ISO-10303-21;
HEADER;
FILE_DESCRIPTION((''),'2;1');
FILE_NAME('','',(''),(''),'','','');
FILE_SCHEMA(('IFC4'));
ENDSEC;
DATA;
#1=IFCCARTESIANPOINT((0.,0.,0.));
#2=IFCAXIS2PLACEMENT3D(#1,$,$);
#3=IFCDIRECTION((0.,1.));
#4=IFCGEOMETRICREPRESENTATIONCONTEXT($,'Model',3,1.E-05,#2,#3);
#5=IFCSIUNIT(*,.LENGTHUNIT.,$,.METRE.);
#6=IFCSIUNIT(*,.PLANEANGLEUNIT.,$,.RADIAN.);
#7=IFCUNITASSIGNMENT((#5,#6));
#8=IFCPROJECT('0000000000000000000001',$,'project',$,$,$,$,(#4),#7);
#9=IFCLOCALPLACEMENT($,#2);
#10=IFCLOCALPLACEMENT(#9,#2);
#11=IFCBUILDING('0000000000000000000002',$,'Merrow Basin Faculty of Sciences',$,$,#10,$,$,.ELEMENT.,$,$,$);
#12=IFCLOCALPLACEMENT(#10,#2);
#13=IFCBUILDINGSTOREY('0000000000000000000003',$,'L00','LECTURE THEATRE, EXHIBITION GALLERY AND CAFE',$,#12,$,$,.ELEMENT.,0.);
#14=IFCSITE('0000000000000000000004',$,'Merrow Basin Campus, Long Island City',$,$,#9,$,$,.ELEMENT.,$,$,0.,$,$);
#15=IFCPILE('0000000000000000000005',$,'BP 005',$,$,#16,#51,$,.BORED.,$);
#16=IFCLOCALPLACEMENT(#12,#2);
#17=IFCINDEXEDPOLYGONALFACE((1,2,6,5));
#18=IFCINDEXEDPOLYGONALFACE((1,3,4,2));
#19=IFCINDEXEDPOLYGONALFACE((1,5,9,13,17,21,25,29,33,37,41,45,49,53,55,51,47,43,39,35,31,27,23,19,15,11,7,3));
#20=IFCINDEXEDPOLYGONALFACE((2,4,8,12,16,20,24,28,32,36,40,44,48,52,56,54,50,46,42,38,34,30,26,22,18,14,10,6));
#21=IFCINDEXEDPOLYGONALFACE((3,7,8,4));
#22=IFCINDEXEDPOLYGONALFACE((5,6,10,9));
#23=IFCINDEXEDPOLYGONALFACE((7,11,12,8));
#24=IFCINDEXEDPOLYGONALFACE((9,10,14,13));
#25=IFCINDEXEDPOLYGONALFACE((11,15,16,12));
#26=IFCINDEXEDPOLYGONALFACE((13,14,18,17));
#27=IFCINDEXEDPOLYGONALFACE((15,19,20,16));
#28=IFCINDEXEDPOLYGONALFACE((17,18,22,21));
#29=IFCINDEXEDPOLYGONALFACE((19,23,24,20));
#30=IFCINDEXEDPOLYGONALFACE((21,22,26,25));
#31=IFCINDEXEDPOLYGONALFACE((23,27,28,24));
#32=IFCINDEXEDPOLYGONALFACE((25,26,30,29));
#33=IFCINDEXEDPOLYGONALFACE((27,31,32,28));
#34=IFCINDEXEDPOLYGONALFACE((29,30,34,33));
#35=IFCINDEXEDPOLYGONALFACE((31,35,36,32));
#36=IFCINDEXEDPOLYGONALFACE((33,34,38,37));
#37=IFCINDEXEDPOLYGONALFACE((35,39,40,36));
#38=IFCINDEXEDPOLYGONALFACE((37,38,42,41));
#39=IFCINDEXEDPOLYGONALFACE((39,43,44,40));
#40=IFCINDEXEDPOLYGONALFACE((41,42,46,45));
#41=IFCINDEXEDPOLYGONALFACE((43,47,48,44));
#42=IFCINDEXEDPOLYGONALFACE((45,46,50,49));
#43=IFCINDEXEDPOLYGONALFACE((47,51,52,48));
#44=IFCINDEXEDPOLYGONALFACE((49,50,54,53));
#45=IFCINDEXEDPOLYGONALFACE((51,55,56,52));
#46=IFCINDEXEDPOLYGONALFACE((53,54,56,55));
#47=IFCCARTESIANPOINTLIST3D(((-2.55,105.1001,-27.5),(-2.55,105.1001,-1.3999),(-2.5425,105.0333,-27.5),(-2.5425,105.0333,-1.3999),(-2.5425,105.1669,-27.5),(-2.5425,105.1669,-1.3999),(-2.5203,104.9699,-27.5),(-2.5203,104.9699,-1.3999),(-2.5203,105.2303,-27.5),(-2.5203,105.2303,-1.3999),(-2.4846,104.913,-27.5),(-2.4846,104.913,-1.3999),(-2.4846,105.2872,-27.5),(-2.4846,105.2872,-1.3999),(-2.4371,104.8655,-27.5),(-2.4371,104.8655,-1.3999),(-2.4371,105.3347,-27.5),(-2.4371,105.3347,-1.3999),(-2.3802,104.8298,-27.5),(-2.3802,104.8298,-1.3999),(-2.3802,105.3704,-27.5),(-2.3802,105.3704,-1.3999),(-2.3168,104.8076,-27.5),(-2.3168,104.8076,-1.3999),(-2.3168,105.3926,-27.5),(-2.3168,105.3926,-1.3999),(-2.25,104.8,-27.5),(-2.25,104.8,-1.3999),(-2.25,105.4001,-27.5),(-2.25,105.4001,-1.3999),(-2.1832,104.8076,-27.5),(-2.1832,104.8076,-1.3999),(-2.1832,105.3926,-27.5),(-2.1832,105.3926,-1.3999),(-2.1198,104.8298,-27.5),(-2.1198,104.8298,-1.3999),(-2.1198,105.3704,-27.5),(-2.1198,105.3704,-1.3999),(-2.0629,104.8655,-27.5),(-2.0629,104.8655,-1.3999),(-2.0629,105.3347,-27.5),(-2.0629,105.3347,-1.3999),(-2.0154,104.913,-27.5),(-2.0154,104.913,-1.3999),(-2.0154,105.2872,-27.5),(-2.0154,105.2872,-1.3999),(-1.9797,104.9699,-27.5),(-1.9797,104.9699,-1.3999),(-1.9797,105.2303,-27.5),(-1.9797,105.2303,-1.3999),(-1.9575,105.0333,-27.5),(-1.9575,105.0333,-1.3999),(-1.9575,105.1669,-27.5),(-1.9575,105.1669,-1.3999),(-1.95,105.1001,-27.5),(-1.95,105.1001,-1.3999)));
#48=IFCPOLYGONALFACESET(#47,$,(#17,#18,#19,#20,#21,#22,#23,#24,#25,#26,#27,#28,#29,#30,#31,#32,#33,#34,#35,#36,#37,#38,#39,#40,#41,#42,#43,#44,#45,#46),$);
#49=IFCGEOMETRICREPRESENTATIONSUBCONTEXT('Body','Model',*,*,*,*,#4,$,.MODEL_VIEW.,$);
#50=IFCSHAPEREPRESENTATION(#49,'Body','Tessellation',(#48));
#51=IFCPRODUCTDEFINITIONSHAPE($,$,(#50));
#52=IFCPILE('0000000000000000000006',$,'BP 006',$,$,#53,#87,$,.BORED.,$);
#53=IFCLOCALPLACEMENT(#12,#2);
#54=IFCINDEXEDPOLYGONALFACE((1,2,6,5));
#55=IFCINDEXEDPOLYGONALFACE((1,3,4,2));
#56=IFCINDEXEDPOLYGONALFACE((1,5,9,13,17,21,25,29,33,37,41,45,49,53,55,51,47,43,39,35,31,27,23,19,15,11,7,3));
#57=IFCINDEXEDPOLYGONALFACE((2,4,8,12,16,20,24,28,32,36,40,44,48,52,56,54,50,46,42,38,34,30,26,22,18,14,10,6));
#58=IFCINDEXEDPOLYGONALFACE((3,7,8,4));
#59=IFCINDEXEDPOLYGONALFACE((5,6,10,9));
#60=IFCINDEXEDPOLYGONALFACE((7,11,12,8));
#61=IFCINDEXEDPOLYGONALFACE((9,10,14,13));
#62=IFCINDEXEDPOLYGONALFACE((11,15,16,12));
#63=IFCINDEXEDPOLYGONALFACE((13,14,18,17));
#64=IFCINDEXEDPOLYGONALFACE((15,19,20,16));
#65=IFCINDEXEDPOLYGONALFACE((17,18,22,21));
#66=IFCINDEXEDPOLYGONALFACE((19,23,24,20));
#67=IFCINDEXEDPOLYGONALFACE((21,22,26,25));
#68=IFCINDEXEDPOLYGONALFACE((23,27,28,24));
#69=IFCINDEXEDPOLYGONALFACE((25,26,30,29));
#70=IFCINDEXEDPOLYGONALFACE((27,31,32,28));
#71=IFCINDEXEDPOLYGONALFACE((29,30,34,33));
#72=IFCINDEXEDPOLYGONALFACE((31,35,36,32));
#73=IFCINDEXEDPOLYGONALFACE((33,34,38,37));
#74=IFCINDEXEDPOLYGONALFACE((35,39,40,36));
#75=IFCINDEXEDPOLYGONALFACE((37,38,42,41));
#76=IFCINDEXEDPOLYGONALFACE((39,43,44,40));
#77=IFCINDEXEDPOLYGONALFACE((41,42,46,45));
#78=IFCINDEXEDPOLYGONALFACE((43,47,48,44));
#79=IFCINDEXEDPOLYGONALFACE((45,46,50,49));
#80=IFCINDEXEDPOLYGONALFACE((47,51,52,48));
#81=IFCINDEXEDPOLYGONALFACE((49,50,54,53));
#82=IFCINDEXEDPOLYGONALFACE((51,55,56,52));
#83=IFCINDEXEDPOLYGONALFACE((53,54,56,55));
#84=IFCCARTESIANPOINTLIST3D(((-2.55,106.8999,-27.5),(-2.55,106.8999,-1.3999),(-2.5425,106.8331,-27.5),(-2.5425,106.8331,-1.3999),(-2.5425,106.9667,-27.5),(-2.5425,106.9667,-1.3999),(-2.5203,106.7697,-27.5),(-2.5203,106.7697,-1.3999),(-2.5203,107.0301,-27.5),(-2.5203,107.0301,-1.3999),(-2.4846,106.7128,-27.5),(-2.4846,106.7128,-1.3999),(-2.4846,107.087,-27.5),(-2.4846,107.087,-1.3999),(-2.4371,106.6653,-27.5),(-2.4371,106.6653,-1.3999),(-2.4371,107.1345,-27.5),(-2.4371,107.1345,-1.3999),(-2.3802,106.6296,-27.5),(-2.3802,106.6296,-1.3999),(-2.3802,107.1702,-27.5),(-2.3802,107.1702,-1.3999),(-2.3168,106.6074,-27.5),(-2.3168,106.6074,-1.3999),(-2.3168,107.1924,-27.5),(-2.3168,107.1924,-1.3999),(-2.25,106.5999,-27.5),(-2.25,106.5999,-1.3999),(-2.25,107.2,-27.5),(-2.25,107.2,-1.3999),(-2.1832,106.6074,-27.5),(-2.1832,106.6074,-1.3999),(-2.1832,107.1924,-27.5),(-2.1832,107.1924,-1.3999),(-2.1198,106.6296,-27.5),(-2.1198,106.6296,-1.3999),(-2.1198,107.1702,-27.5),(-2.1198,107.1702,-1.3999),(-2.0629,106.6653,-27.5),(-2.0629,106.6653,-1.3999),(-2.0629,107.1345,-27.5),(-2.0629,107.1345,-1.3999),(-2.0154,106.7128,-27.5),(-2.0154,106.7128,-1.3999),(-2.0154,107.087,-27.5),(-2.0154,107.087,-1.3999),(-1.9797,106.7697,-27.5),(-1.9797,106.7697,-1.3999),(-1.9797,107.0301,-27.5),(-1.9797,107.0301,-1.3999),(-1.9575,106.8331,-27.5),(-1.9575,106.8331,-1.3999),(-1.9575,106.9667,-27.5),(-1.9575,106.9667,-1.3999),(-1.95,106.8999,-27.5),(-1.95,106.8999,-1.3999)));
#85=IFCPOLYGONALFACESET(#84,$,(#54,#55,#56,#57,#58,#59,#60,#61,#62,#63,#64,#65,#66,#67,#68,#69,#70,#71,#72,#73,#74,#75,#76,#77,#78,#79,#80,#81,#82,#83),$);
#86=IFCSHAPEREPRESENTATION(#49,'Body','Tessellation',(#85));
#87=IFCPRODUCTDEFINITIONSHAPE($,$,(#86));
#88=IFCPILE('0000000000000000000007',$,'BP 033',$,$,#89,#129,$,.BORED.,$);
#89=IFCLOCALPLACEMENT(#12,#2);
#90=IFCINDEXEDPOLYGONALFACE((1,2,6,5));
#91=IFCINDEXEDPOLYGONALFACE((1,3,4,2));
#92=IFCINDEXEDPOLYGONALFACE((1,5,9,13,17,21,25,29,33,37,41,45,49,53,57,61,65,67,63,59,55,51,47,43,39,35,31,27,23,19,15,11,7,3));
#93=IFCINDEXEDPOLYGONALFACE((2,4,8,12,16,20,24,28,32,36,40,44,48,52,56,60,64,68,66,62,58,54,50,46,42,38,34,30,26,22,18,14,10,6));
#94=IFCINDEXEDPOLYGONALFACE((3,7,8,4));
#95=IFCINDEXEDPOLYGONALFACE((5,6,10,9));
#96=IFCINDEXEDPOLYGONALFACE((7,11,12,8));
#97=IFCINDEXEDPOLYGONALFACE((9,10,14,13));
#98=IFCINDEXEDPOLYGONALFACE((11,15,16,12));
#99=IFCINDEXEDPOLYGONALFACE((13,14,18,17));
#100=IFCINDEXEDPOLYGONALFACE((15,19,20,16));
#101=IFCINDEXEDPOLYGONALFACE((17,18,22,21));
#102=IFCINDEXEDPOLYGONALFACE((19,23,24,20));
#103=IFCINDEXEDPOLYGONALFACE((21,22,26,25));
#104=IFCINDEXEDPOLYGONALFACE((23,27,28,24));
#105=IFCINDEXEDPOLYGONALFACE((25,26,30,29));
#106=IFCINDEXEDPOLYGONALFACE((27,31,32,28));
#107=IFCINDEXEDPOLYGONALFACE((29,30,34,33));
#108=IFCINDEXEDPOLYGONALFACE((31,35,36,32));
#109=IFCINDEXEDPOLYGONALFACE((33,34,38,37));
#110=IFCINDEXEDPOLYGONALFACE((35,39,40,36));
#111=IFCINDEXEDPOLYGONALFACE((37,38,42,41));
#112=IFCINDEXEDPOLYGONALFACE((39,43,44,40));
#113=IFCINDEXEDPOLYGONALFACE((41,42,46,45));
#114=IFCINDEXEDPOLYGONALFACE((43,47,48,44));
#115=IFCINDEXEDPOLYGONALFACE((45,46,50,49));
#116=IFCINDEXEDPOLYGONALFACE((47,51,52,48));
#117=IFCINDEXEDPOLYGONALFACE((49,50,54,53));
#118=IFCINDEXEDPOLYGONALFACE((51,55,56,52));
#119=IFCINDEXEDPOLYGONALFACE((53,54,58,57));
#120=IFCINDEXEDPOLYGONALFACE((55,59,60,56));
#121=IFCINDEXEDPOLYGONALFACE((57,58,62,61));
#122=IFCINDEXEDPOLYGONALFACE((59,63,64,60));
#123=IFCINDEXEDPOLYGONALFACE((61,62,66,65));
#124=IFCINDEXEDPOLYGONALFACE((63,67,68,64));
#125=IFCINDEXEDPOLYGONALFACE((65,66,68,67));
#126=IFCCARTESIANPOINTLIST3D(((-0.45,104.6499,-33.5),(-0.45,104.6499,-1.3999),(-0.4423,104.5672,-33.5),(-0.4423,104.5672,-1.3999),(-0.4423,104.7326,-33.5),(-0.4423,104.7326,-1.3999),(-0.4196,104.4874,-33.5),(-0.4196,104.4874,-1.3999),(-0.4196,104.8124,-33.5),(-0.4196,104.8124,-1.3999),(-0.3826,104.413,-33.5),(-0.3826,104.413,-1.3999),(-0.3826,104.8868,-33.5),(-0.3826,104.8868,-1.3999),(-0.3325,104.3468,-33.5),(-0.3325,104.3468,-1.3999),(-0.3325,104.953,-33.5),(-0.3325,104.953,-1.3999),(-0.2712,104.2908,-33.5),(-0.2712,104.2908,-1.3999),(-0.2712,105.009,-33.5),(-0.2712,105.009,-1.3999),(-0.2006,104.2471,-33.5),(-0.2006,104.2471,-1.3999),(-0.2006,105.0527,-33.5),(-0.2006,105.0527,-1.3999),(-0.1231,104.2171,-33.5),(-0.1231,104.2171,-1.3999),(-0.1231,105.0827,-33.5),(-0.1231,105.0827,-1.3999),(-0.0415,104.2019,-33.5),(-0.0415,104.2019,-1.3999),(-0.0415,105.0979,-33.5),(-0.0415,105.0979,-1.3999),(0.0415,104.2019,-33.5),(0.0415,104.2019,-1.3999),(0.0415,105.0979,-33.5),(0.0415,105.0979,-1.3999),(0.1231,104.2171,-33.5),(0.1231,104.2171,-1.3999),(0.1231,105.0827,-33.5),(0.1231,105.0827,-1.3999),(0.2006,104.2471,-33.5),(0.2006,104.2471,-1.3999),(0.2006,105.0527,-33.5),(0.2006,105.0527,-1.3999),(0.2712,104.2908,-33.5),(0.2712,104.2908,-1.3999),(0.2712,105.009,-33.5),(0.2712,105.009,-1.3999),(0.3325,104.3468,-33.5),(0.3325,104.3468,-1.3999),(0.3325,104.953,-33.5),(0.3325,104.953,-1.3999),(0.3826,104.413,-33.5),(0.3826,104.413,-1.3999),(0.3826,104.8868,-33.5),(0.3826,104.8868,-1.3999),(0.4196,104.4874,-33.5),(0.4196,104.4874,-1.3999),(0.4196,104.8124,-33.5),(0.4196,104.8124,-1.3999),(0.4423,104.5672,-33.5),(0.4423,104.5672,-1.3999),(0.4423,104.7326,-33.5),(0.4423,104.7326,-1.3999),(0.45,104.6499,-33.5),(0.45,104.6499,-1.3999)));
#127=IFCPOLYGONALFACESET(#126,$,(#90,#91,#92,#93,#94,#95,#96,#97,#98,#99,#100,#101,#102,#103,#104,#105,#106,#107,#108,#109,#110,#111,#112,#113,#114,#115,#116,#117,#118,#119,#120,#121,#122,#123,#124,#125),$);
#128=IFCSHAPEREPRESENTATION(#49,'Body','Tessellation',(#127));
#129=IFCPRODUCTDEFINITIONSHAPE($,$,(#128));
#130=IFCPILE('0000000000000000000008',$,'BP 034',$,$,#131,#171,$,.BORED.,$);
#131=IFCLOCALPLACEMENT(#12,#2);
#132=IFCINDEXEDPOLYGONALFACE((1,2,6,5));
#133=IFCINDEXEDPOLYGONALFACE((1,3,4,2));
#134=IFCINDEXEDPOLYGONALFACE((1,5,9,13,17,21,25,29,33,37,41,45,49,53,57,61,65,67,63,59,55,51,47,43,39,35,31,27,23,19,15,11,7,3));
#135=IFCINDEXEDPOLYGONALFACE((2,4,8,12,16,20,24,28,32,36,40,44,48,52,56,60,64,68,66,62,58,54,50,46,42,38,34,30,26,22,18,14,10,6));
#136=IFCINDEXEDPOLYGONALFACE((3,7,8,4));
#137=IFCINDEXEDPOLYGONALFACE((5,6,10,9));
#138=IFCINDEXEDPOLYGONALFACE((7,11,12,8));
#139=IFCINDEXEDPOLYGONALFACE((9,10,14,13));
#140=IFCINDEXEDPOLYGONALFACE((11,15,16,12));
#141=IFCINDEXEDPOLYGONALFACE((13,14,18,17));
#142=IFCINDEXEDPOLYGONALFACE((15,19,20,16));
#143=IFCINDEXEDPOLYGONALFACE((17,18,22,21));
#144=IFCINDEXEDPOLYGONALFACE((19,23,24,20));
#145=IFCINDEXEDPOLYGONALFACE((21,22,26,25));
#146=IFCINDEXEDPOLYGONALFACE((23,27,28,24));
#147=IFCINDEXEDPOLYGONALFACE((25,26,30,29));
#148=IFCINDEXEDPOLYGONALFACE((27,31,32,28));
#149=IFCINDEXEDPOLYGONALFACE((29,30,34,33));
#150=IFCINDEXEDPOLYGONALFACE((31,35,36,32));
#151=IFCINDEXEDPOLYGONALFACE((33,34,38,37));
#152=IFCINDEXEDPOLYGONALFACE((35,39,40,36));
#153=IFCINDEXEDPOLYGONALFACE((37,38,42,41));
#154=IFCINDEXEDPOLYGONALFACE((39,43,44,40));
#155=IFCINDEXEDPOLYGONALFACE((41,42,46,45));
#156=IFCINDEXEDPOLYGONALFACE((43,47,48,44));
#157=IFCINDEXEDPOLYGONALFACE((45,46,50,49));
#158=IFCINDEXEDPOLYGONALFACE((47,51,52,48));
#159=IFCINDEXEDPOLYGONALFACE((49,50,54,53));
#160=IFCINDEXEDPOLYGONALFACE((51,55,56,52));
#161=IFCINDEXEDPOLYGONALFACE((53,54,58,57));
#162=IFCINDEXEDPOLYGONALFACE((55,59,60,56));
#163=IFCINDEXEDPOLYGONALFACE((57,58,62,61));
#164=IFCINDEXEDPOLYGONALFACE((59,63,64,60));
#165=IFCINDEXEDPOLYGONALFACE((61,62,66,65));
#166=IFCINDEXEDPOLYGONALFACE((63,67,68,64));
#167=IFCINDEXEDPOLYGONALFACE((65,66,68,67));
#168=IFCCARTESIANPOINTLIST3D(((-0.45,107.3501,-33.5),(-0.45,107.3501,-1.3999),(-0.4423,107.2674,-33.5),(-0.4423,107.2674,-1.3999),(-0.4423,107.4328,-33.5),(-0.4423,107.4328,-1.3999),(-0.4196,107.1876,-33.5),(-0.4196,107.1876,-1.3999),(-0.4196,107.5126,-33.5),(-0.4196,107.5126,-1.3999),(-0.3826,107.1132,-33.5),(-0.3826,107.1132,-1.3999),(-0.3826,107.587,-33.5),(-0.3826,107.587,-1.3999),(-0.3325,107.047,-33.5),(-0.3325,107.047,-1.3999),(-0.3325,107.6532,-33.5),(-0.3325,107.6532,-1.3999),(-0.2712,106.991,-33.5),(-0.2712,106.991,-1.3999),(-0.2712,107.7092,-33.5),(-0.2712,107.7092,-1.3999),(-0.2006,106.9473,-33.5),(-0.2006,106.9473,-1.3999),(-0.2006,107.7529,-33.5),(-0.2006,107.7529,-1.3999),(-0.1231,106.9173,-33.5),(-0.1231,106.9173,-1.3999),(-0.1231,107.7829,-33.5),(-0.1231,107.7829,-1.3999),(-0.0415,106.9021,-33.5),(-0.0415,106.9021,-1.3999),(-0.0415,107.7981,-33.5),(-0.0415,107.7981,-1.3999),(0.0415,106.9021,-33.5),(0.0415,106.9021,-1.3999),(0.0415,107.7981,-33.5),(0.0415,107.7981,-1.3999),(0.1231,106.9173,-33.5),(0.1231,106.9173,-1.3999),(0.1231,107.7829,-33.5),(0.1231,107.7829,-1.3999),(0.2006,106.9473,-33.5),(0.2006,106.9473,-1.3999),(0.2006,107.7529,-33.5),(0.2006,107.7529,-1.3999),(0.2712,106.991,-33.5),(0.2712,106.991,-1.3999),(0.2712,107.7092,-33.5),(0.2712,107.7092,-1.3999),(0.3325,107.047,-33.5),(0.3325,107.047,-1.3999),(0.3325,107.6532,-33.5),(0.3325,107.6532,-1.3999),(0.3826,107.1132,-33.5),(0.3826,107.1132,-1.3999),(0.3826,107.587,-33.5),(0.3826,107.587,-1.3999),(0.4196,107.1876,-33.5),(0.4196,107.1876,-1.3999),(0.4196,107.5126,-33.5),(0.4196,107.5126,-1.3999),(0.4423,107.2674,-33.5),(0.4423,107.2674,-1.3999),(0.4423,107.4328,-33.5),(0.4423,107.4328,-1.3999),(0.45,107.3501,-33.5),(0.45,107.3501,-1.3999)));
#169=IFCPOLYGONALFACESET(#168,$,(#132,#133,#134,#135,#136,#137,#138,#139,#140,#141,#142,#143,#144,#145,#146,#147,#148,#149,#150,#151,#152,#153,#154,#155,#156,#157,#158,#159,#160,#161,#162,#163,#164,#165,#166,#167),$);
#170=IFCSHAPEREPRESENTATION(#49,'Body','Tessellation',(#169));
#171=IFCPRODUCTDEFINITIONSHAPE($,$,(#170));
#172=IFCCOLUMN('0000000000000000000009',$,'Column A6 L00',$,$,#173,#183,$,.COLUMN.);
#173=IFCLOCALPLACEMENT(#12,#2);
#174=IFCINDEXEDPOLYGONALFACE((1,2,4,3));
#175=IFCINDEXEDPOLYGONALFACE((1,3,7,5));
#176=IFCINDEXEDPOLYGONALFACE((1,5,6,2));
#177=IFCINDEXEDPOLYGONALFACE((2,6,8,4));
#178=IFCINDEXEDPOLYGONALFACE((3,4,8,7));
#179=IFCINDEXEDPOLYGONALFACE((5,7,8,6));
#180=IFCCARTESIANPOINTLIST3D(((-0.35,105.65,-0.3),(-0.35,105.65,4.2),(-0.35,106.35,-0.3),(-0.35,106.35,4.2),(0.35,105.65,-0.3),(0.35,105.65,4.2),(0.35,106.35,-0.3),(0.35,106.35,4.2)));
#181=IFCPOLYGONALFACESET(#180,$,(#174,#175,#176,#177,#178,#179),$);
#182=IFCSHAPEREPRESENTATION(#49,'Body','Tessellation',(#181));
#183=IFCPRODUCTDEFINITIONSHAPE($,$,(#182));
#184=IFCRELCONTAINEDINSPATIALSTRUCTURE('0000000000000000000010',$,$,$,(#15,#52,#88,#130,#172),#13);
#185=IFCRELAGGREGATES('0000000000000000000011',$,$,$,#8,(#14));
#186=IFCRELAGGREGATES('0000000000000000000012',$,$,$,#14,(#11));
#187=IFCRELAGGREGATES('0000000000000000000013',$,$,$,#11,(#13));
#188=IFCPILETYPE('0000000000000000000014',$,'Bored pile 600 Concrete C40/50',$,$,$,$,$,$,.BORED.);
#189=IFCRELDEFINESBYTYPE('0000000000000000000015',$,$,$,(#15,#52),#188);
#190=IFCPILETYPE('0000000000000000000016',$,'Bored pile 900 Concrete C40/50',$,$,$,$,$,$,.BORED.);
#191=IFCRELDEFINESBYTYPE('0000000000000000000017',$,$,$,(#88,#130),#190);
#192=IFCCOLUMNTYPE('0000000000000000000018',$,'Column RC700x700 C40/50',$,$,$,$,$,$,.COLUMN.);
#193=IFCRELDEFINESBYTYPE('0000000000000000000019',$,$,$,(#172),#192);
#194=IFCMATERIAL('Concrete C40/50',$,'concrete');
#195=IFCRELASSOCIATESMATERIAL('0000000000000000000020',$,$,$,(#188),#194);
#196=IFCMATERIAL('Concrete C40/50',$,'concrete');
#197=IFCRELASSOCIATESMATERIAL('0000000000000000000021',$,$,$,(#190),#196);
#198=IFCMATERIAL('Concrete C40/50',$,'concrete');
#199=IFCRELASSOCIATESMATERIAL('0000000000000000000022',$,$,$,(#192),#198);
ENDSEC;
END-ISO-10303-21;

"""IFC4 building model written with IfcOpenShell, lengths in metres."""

from ifc_helpers import new_model, si_unit, direction, frame, origin, origin_2d, place, context, subcontext, project, spatial, rectangle, circle, extrude, material, material_profile, profile_set, type_object, element, save


model = new_model("IFC4")

# Units and contexts
model_context = context("Model", 3, precision=1e-05, world=origin(), true_north=direction((0.0, 1.0)))
body_context = subcontext(model_context, "Body", "Model", "MODEL_VIEW")
ifc_project = project(units=[si_unit("LENGTHUNIT", "METRE"), si_unit("PLANEANGLEUNIT", "RADIAN")], contexts=[model_context])

# Site, building, storey
site_placement = place(None, origin())
site = spatial("IfcSite", under=ifc_project, at=site_placement, Name="Merrow Basin Campus, Long Island City", CompositionType="ELEMENT", RefElevation=0.0)
building_placement = place(site_placement, origin())
building = spatial("IfcBuilding", under=site, at=building_placement, Name="Merrow Basin Faculty of Sciences", CompositionType="ELEMENT")
storey_placement = place(building_placement, origin())
storey = spatial("IfcBuildingStorey", under=building, at=storey_placement, Name="L00", Description="LECTURE THEATRE, EXHIBITION GALLERY AND CAFE", CompositionType="ELEMENT", Elevation=0.0)

# Piles
ifc_material_1 = material(Name="Concrete C40/50", Category="concrete")
ifc_material_profile_1 = material_profile(ifc_material_1, circle(Radius=0.3, at=origin_2d()))
ifc_profile_set_1 = profile_set([ifc_material_profile_1], Name="Concrete C40/50")
pile_type_1 = type_object("IfcPileType", Name="Bored pile 600 Concrete C40/50", PredefinedType="BORED", material=ifc_profile_set_1)
for number, where, z_axis, x_axis, name in (
    (1, (-2.25, 105.1001, -1.3999), (0.0, 0.0, -1.0), (1.0, 0.0, 0.0), "BP 005"),
    (2, (-2.25, 106.8999, -1.3999), (0.0, 0.0, -1.0), (1.0, 0.0, 0.0), "BP 006"),
):
    element("IfcPile", number, at=place(storey_placement, frame(where, z_axis=z_axis, x_axis=x_axis)), inside=storey, type_object=pile_type_1, Name=name, PredefinedType="BORED", context=body_context, shape_type="SweptSolid", body=[
        extrude(circle(Radius=0.3, at=origin_2d()), origin(), (0.0, 0.0, 1.0), 26.1001),
    ])
ifc_material_2 = material(Name="Concrete C40/50", Category="concrete")
ifc_material_profile_2 = material_profile(ifc_material_2, circle(Radius=0.45, at=origin_2d()))
ifc_profile_set_2 = profile_set([ifc_material_profile_2], Name="Concrete C40/50")
pile_type_2 = type_object("IfcPileType", Name="Bored pile 900 Concrete C40/50", PredefinedType="BORED", material=ifc_profile_set_2)
for number, where, z_axis, x_axis, name in (
    (3, (0.0, 104.6499, -1.3999), (0.0, 0.0, -1.0), (1.0, 0.0, 0.0), "BP 033"),
    (4, (0.0, 107.3501, -1.3999), (0.0, 0.0, -1.0), (1.0, 0.0, 0.0), "BP 034"),
):
    element("IfcPile", number, at=place(storey_placement, frame(where, z_axis=z_axis, x_axis=x_axis)), inside=storey, type_object=pile_type_2, Name=name, PredefinedType="BORED", context=body_context, shape_type="SweptSolid", body=[
        extrude(circle(Radius=0.45, at=origin_2d()), origin(), (0.0, 0.0, 1.0), 32.1001),
    ])

# Column
ifc_material_3 = material(Name="Concrete C40/50", Category="concrete")
ifc_material_profile_3 = material_profile(ifc_material_3, rectangle(XDim=0.7, YDim=0.7, at=origin_2d()))
ifc_profile_set_3 = profile_set([ifc_material_profile_3], Name="Concrete C40/50")
column_type_1 = type_object("IfcColumnType", Name="Column RC700x700 C40/50", PredefinedType="COLUMN", material=ifc_profile_set_3)
column_1_placement = place(storey_placement, frame((0.0, 106.0, -0.3), z_axis=(0.0, 0.0, 1.0), x_axis=(1.0, 0.0, 0.0)))
element("IfcColumn", 5, at=column_1_placement, inside=storey, type_object=column_type_1, Name="Column A6 L00", PredefinedType="COLUMN", context=body_context, shape_type="SweptSolid", body=[
    extrude(rectangle(XDim=0.7, YDim=0.7, at=origin_2d()), origin(), (0.0, 0.0, 1.0), 4.5),
])

save(model, "model.ifc")
